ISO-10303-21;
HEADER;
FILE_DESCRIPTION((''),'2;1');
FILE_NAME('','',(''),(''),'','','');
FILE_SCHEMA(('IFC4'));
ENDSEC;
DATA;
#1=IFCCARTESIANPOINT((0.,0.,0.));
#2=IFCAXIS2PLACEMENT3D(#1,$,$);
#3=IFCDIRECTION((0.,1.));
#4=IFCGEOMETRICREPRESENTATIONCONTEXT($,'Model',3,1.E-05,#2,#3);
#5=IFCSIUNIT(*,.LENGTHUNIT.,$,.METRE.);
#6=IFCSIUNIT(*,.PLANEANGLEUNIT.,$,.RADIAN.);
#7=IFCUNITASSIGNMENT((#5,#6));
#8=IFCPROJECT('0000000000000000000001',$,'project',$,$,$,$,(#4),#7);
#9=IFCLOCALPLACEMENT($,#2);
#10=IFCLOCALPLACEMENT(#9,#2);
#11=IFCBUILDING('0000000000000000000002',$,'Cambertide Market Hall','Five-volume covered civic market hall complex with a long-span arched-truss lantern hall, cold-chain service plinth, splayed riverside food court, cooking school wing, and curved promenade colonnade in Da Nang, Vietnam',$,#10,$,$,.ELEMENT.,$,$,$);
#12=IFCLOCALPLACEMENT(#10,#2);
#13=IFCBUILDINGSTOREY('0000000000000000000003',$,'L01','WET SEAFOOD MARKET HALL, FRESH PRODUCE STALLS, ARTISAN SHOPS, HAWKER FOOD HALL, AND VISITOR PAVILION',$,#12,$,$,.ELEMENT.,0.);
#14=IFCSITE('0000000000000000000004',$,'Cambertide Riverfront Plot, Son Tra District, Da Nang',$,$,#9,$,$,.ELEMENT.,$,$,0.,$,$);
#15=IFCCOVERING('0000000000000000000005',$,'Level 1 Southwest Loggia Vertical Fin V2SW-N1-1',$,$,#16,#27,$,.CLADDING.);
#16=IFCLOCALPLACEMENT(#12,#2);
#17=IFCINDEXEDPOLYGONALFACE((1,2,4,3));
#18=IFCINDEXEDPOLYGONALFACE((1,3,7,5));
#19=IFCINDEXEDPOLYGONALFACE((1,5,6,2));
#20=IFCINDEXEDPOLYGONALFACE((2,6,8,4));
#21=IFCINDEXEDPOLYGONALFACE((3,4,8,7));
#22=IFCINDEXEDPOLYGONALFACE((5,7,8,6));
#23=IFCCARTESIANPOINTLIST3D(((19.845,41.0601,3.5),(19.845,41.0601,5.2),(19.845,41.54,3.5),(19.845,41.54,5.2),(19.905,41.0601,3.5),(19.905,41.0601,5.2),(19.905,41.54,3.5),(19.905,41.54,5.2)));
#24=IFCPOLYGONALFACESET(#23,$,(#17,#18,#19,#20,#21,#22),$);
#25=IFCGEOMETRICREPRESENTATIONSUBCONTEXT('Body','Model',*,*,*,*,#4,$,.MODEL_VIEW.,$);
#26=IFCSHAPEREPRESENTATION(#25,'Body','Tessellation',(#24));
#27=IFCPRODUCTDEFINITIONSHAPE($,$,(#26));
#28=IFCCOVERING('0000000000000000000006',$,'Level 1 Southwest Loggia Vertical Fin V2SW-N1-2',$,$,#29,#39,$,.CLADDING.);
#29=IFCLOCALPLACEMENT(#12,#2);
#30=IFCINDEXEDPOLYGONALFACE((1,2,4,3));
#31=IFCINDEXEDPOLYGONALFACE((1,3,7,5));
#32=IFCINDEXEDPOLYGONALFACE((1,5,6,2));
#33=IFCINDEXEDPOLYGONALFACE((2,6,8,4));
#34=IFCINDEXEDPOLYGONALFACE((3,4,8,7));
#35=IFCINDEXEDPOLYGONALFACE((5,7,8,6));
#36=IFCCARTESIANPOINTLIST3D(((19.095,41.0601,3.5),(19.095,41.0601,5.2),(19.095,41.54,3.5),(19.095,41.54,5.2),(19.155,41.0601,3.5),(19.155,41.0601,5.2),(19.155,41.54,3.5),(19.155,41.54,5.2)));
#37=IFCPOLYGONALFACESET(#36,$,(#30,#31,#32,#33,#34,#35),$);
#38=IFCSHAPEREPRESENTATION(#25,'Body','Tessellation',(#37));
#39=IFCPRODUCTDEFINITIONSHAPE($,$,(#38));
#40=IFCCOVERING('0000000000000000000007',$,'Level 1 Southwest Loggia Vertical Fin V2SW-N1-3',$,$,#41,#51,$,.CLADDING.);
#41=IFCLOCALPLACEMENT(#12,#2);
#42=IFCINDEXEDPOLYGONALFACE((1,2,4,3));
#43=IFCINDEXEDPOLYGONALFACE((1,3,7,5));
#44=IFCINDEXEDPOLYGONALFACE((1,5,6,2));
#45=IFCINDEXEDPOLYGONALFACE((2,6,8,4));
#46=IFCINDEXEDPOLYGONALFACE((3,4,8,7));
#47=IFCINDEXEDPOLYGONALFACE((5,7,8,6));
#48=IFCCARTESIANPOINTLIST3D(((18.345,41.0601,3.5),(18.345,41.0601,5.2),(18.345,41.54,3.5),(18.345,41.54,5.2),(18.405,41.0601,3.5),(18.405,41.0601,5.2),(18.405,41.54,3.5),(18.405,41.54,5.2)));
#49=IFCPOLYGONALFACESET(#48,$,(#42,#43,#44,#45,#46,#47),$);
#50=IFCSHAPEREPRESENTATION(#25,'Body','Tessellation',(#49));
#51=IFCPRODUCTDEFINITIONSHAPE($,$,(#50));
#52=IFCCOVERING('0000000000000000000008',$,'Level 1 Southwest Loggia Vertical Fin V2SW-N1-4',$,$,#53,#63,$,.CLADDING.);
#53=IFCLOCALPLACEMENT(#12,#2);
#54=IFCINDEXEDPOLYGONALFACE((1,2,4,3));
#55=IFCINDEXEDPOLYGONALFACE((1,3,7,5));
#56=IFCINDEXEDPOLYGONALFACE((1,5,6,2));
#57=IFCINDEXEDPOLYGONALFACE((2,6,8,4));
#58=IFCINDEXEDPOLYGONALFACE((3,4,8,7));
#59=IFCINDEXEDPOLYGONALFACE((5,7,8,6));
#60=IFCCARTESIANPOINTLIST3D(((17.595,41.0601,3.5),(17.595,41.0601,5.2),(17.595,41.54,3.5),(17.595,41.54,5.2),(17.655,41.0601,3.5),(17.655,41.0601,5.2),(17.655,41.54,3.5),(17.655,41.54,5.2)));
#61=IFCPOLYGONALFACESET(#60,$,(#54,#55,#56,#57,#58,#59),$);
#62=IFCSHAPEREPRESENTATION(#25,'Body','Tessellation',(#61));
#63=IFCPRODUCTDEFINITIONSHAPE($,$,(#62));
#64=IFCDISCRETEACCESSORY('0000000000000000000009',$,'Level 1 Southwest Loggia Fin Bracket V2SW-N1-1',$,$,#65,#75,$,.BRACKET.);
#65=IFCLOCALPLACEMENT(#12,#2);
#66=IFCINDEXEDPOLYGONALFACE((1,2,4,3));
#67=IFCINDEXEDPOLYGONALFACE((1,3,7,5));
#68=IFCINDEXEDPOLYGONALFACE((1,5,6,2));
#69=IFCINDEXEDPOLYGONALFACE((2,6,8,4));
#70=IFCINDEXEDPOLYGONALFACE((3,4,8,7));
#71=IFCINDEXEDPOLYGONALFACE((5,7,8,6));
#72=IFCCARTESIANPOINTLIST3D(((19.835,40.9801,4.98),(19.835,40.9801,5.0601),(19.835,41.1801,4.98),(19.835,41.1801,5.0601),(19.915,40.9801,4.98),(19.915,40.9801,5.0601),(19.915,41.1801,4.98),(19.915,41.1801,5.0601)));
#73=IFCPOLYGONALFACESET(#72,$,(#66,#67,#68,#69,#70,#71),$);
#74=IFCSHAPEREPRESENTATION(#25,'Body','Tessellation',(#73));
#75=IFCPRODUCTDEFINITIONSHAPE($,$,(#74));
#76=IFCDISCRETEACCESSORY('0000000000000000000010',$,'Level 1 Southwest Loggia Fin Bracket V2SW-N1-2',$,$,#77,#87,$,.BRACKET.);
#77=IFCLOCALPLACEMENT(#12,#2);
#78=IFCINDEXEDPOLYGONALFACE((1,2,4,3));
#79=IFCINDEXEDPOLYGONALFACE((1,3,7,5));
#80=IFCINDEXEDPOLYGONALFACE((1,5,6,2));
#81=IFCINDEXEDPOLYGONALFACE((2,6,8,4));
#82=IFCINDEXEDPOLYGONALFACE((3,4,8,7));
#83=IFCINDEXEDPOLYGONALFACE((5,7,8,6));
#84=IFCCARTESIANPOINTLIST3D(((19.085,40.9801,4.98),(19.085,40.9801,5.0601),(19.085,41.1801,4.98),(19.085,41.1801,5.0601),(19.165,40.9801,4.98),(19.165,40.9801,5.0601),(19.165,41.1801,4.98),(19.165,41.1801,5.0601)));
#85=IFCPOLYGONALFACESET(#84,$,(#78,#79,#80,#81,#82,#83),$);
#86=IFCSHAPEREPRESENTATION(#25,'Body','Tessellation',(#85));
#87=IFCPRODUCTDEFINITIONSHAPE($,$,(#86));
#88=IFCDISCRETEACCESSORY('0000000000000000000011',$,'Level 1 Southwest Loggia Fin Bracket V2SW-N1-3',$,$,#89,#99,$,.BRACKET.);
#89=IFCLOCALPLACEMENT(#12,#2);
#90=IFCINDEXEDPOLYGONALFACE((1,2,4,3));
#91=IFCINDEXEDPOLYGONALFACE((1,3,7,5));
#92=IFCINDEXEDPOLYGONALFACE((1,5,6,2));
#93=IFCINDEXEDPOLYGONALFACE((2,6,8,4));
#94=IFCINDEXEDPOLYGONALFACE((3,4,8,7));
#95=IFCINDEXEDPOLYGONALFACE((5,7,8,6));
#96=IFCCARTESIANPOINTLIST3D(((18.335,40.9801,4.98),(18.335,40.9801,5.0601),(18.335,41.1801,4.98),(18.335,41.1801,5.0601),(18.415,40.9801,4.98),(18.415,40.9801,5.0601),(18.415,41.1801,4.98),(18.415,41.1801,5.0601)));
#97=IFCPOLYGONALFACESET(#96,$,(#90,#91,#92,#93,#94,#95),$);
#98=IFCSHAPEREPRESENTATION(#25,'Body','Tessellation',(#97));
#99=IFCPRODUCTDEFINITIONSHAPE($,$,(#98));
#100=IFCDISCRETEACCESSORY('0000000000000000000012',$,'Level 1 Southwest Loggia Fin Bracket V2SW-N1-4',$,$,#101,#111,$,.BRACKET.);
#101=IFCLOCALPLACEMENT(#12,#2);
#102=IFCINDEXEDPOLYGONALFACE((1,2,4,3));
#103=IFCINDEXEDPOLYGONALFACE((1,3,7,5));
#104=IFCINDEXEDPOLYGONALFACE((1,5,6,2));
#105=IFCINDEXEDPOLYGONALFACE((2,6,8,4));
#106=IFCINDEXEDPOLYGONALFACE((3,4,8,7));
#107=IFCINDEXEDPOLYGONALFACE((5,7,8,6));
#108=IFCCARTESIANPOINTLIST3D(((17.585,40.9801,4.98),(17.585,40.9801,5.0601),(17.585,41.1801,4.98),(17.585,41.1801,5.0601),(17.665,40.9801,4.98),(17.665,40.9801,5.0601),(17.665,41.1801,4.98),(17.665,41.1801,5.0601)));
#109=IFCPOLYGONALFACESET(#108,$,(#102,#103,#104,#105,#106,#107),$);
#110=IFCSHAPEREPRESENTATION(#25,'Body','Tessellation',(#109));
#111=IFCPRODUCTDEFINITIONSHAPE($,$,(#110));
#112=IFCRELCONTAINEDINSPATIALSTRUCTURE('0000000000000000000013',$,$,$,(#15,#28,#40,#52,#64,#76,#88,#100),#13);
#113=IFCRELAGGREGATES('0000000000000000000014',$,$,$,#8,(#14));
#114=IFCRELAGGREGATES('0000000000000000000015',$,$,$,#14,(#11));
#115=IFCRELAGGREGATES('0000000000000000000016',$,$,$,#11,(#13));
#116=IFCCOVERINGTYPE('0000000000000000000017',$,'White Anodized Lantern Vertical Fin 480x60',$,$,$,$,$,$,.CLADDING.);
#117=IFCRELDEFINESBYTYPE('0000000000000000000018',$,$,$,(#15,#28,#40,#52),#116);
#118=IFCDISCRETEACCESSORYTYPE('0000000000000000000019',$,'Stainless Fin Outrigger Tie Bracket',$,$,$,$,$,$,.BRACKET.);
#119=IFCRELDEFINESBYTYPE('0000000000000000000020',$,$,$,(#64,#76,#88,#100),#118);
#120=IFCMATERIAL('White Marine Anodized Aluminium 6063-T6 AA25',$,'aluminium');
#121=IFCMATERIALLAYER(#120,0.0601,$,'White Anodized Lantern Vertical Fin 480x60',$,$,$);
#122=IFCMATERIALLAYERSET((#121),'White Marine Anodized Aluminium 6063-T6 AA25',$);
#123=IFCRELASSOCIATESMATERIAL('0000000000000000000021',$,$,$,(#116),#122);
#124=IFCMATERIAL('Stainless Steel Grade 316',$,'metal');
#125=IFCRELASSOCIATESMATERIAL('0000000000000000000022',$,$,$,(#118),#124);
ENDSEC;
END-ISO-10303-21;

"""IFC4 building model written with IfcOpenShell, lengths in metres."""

from ifc_helpers import new_model, si_unit, direction, frame, origin, origin_2d, place, context, subcontext, project, spatial, rectangle, extrude, material, layer, layer_set, type_object, element, save


model = new_model("IFC4")

# Units and contexts
model_context = context("Model", 3, precision=1e-05, world=origin(), true_north=direction((0.0, 1.0)))
body_context = subcontext(model_context, "Body", "Model", "MODEL_VIEW")
ifc_project = project(units=[si_unit("LENGTHUNIT", "METRE"), si_unit("PLANEANGLEUNIT", "RADIAN")], contexts=[model_context])

# Site, building, storey
site_placement = place(None, origin())
site = spatial("IfcSite", under=ifc_project, at=site_placement, Name="Cambertide Riverfront Plot, Son Tra District, Da Nang", CompositionType="ELEMENT", RefElevation=0.0)
building_placement = place(site_placement, origin())
building = spatial("IfcBuilding", under=site, at=building_placement, Name="Cambertide Market Hall", Description="Five-volume covered civic market hall complex with a long-span arched-truss lantern hall, cold-chain service plinth, splayed riverside food court, cooking school wing, and curved promenade colonnade in Da Nang, Vietnam", CompositionType="ELEMENT")
storey_placement = place(building_placement, origin())
storey = spatial("IfcBuildingStorey", under=building, at=storey_placement, Name="L01", Description="WET SEAFOOD MARKET HALL, FRESH PRODUCE STALLS, ARTISAN SHOPS, HAWKER FOOD HALL, AND VISITOR PAVILION", CompositionType="ELEMENT", Elevation=0.0)

# Coverings
ifc_material_1 = material(Name="White Marine Anodized Aluminium 6063-T6 AA25", Category="aluminium")
ifc_layer_1 = layer(ifc_material_1, 0.0601, Name="White Anodized Lantern Vertical Fin 480x60")
ifc_layer_set_1 = layer_set([ifc_layer_1], Name="White Marine Anodized Aluminium 6063-T6 AA25")
covering_type = type_object("IfcCoveringType", Name="White Anodized Lantern Vertical Fin 480x60", PredefinedType="CLADDING", material=ifc_layer_set_1)
for number, where, z_axis, x_axis, name in (
    (1, (19.875, 41.3, 3.5), (0.0, 0.0, 1.0), (-1.0, 0.0, 0.0), "Level 1 Southwest Loggia Vertical Fin V2SW-N1-1"),
    (2, (19.125, 41.3, 3.5), (0.0, 0.0, 1.0), (-1.0, 0.0, 0.0), "Level 1 Southwest Loggia Vertical Fin V2SW-N1-2"),
    (3, (18.375, 41.3, 3.5), (0.0, 0.0, 1.0), (-1.0, 0.0, 0.0), "Level 1 Southwest Loggia Vertical Fin V2SW-N1-3"),
    (4, (17.625, 41.3, 3.5), (0.0, 0.0, 1.0), (-1.0, 0.0, 0.0), "Level 1 Southwest Loggia Vertical Fin V2SW-N1-4"),
):
    element("IfcCovering", number, at=place(storey_placement, frame(where, z_axis=z_axis, x_axis=x_axis)), inside=storey, type_object=covering_type, Name=name, PredefinedType="CLADDING", context=body_context, shape_type="SweptSolid", body=[
        extrude(rectangle(XDim=0.0601, YDim=0.48, at=origin_2d()), origin(), (0.0, 0.0, 1.0), 1.7),
    ])

# Discrete accessories
ifc_material_2 = material(Name="Stainless Steel Grade 316", Category="metal")
discrete_accessory_type = type_object("IfcDiscreteAccessoryType", Name="Stainless Fin Outrigger Tie Bracket", PredefinedType="BRACKET", material=ifc_material_2)
for number, where, z_axis, x_axis, name in (
    (5, (19.875, 41.0801, 4.98), (0.0, 0.0, 1.0), (-1.0, 0.0, 0.0), "Level 1 Southwest Loggia Fin Bracket V2SW-N1-1"),
    (6, (19.125, 41.0801, 4.98), (0.0, 0.0, 1.0), (-1.0, 0.0, 0.0), "Level 1 Southwest Loggia Fin Bracket V2SW-N1-2"),
    (7, (18.375, 41.0801, 4.98), (0.0, 0.0, 1.0), (-1.0, 0.0, 0.0), "Level 1 Southwest Loggia Fin Bracket V2SW-N1-3"),
    (8, (17.625, 41.0801, 4.98), (0.0, 0.0, 1.0), (-1.0, 0.0, 0.0), "Level 1 Southwest Loggia Fin Bracket V2SW-N1-4"),
):
    element("IfcDiscreteAccessory", number, at=place(storey_placement, frame(where, z_axis=z_axis, x_axis=x_axis)), inside=storey, type_object=discrete_accessory_type, Name=name, PredefinedType="BRACKET", context=body_context, shape_type="SweptSolid", body=[
        extrude(rectangle(XDim=0.0801, YDim=0.2, at=origin_2d()), origin(), (0.0, 0.0, 1.0), 0.0801),
    ])

save(model, "model.ifc")
